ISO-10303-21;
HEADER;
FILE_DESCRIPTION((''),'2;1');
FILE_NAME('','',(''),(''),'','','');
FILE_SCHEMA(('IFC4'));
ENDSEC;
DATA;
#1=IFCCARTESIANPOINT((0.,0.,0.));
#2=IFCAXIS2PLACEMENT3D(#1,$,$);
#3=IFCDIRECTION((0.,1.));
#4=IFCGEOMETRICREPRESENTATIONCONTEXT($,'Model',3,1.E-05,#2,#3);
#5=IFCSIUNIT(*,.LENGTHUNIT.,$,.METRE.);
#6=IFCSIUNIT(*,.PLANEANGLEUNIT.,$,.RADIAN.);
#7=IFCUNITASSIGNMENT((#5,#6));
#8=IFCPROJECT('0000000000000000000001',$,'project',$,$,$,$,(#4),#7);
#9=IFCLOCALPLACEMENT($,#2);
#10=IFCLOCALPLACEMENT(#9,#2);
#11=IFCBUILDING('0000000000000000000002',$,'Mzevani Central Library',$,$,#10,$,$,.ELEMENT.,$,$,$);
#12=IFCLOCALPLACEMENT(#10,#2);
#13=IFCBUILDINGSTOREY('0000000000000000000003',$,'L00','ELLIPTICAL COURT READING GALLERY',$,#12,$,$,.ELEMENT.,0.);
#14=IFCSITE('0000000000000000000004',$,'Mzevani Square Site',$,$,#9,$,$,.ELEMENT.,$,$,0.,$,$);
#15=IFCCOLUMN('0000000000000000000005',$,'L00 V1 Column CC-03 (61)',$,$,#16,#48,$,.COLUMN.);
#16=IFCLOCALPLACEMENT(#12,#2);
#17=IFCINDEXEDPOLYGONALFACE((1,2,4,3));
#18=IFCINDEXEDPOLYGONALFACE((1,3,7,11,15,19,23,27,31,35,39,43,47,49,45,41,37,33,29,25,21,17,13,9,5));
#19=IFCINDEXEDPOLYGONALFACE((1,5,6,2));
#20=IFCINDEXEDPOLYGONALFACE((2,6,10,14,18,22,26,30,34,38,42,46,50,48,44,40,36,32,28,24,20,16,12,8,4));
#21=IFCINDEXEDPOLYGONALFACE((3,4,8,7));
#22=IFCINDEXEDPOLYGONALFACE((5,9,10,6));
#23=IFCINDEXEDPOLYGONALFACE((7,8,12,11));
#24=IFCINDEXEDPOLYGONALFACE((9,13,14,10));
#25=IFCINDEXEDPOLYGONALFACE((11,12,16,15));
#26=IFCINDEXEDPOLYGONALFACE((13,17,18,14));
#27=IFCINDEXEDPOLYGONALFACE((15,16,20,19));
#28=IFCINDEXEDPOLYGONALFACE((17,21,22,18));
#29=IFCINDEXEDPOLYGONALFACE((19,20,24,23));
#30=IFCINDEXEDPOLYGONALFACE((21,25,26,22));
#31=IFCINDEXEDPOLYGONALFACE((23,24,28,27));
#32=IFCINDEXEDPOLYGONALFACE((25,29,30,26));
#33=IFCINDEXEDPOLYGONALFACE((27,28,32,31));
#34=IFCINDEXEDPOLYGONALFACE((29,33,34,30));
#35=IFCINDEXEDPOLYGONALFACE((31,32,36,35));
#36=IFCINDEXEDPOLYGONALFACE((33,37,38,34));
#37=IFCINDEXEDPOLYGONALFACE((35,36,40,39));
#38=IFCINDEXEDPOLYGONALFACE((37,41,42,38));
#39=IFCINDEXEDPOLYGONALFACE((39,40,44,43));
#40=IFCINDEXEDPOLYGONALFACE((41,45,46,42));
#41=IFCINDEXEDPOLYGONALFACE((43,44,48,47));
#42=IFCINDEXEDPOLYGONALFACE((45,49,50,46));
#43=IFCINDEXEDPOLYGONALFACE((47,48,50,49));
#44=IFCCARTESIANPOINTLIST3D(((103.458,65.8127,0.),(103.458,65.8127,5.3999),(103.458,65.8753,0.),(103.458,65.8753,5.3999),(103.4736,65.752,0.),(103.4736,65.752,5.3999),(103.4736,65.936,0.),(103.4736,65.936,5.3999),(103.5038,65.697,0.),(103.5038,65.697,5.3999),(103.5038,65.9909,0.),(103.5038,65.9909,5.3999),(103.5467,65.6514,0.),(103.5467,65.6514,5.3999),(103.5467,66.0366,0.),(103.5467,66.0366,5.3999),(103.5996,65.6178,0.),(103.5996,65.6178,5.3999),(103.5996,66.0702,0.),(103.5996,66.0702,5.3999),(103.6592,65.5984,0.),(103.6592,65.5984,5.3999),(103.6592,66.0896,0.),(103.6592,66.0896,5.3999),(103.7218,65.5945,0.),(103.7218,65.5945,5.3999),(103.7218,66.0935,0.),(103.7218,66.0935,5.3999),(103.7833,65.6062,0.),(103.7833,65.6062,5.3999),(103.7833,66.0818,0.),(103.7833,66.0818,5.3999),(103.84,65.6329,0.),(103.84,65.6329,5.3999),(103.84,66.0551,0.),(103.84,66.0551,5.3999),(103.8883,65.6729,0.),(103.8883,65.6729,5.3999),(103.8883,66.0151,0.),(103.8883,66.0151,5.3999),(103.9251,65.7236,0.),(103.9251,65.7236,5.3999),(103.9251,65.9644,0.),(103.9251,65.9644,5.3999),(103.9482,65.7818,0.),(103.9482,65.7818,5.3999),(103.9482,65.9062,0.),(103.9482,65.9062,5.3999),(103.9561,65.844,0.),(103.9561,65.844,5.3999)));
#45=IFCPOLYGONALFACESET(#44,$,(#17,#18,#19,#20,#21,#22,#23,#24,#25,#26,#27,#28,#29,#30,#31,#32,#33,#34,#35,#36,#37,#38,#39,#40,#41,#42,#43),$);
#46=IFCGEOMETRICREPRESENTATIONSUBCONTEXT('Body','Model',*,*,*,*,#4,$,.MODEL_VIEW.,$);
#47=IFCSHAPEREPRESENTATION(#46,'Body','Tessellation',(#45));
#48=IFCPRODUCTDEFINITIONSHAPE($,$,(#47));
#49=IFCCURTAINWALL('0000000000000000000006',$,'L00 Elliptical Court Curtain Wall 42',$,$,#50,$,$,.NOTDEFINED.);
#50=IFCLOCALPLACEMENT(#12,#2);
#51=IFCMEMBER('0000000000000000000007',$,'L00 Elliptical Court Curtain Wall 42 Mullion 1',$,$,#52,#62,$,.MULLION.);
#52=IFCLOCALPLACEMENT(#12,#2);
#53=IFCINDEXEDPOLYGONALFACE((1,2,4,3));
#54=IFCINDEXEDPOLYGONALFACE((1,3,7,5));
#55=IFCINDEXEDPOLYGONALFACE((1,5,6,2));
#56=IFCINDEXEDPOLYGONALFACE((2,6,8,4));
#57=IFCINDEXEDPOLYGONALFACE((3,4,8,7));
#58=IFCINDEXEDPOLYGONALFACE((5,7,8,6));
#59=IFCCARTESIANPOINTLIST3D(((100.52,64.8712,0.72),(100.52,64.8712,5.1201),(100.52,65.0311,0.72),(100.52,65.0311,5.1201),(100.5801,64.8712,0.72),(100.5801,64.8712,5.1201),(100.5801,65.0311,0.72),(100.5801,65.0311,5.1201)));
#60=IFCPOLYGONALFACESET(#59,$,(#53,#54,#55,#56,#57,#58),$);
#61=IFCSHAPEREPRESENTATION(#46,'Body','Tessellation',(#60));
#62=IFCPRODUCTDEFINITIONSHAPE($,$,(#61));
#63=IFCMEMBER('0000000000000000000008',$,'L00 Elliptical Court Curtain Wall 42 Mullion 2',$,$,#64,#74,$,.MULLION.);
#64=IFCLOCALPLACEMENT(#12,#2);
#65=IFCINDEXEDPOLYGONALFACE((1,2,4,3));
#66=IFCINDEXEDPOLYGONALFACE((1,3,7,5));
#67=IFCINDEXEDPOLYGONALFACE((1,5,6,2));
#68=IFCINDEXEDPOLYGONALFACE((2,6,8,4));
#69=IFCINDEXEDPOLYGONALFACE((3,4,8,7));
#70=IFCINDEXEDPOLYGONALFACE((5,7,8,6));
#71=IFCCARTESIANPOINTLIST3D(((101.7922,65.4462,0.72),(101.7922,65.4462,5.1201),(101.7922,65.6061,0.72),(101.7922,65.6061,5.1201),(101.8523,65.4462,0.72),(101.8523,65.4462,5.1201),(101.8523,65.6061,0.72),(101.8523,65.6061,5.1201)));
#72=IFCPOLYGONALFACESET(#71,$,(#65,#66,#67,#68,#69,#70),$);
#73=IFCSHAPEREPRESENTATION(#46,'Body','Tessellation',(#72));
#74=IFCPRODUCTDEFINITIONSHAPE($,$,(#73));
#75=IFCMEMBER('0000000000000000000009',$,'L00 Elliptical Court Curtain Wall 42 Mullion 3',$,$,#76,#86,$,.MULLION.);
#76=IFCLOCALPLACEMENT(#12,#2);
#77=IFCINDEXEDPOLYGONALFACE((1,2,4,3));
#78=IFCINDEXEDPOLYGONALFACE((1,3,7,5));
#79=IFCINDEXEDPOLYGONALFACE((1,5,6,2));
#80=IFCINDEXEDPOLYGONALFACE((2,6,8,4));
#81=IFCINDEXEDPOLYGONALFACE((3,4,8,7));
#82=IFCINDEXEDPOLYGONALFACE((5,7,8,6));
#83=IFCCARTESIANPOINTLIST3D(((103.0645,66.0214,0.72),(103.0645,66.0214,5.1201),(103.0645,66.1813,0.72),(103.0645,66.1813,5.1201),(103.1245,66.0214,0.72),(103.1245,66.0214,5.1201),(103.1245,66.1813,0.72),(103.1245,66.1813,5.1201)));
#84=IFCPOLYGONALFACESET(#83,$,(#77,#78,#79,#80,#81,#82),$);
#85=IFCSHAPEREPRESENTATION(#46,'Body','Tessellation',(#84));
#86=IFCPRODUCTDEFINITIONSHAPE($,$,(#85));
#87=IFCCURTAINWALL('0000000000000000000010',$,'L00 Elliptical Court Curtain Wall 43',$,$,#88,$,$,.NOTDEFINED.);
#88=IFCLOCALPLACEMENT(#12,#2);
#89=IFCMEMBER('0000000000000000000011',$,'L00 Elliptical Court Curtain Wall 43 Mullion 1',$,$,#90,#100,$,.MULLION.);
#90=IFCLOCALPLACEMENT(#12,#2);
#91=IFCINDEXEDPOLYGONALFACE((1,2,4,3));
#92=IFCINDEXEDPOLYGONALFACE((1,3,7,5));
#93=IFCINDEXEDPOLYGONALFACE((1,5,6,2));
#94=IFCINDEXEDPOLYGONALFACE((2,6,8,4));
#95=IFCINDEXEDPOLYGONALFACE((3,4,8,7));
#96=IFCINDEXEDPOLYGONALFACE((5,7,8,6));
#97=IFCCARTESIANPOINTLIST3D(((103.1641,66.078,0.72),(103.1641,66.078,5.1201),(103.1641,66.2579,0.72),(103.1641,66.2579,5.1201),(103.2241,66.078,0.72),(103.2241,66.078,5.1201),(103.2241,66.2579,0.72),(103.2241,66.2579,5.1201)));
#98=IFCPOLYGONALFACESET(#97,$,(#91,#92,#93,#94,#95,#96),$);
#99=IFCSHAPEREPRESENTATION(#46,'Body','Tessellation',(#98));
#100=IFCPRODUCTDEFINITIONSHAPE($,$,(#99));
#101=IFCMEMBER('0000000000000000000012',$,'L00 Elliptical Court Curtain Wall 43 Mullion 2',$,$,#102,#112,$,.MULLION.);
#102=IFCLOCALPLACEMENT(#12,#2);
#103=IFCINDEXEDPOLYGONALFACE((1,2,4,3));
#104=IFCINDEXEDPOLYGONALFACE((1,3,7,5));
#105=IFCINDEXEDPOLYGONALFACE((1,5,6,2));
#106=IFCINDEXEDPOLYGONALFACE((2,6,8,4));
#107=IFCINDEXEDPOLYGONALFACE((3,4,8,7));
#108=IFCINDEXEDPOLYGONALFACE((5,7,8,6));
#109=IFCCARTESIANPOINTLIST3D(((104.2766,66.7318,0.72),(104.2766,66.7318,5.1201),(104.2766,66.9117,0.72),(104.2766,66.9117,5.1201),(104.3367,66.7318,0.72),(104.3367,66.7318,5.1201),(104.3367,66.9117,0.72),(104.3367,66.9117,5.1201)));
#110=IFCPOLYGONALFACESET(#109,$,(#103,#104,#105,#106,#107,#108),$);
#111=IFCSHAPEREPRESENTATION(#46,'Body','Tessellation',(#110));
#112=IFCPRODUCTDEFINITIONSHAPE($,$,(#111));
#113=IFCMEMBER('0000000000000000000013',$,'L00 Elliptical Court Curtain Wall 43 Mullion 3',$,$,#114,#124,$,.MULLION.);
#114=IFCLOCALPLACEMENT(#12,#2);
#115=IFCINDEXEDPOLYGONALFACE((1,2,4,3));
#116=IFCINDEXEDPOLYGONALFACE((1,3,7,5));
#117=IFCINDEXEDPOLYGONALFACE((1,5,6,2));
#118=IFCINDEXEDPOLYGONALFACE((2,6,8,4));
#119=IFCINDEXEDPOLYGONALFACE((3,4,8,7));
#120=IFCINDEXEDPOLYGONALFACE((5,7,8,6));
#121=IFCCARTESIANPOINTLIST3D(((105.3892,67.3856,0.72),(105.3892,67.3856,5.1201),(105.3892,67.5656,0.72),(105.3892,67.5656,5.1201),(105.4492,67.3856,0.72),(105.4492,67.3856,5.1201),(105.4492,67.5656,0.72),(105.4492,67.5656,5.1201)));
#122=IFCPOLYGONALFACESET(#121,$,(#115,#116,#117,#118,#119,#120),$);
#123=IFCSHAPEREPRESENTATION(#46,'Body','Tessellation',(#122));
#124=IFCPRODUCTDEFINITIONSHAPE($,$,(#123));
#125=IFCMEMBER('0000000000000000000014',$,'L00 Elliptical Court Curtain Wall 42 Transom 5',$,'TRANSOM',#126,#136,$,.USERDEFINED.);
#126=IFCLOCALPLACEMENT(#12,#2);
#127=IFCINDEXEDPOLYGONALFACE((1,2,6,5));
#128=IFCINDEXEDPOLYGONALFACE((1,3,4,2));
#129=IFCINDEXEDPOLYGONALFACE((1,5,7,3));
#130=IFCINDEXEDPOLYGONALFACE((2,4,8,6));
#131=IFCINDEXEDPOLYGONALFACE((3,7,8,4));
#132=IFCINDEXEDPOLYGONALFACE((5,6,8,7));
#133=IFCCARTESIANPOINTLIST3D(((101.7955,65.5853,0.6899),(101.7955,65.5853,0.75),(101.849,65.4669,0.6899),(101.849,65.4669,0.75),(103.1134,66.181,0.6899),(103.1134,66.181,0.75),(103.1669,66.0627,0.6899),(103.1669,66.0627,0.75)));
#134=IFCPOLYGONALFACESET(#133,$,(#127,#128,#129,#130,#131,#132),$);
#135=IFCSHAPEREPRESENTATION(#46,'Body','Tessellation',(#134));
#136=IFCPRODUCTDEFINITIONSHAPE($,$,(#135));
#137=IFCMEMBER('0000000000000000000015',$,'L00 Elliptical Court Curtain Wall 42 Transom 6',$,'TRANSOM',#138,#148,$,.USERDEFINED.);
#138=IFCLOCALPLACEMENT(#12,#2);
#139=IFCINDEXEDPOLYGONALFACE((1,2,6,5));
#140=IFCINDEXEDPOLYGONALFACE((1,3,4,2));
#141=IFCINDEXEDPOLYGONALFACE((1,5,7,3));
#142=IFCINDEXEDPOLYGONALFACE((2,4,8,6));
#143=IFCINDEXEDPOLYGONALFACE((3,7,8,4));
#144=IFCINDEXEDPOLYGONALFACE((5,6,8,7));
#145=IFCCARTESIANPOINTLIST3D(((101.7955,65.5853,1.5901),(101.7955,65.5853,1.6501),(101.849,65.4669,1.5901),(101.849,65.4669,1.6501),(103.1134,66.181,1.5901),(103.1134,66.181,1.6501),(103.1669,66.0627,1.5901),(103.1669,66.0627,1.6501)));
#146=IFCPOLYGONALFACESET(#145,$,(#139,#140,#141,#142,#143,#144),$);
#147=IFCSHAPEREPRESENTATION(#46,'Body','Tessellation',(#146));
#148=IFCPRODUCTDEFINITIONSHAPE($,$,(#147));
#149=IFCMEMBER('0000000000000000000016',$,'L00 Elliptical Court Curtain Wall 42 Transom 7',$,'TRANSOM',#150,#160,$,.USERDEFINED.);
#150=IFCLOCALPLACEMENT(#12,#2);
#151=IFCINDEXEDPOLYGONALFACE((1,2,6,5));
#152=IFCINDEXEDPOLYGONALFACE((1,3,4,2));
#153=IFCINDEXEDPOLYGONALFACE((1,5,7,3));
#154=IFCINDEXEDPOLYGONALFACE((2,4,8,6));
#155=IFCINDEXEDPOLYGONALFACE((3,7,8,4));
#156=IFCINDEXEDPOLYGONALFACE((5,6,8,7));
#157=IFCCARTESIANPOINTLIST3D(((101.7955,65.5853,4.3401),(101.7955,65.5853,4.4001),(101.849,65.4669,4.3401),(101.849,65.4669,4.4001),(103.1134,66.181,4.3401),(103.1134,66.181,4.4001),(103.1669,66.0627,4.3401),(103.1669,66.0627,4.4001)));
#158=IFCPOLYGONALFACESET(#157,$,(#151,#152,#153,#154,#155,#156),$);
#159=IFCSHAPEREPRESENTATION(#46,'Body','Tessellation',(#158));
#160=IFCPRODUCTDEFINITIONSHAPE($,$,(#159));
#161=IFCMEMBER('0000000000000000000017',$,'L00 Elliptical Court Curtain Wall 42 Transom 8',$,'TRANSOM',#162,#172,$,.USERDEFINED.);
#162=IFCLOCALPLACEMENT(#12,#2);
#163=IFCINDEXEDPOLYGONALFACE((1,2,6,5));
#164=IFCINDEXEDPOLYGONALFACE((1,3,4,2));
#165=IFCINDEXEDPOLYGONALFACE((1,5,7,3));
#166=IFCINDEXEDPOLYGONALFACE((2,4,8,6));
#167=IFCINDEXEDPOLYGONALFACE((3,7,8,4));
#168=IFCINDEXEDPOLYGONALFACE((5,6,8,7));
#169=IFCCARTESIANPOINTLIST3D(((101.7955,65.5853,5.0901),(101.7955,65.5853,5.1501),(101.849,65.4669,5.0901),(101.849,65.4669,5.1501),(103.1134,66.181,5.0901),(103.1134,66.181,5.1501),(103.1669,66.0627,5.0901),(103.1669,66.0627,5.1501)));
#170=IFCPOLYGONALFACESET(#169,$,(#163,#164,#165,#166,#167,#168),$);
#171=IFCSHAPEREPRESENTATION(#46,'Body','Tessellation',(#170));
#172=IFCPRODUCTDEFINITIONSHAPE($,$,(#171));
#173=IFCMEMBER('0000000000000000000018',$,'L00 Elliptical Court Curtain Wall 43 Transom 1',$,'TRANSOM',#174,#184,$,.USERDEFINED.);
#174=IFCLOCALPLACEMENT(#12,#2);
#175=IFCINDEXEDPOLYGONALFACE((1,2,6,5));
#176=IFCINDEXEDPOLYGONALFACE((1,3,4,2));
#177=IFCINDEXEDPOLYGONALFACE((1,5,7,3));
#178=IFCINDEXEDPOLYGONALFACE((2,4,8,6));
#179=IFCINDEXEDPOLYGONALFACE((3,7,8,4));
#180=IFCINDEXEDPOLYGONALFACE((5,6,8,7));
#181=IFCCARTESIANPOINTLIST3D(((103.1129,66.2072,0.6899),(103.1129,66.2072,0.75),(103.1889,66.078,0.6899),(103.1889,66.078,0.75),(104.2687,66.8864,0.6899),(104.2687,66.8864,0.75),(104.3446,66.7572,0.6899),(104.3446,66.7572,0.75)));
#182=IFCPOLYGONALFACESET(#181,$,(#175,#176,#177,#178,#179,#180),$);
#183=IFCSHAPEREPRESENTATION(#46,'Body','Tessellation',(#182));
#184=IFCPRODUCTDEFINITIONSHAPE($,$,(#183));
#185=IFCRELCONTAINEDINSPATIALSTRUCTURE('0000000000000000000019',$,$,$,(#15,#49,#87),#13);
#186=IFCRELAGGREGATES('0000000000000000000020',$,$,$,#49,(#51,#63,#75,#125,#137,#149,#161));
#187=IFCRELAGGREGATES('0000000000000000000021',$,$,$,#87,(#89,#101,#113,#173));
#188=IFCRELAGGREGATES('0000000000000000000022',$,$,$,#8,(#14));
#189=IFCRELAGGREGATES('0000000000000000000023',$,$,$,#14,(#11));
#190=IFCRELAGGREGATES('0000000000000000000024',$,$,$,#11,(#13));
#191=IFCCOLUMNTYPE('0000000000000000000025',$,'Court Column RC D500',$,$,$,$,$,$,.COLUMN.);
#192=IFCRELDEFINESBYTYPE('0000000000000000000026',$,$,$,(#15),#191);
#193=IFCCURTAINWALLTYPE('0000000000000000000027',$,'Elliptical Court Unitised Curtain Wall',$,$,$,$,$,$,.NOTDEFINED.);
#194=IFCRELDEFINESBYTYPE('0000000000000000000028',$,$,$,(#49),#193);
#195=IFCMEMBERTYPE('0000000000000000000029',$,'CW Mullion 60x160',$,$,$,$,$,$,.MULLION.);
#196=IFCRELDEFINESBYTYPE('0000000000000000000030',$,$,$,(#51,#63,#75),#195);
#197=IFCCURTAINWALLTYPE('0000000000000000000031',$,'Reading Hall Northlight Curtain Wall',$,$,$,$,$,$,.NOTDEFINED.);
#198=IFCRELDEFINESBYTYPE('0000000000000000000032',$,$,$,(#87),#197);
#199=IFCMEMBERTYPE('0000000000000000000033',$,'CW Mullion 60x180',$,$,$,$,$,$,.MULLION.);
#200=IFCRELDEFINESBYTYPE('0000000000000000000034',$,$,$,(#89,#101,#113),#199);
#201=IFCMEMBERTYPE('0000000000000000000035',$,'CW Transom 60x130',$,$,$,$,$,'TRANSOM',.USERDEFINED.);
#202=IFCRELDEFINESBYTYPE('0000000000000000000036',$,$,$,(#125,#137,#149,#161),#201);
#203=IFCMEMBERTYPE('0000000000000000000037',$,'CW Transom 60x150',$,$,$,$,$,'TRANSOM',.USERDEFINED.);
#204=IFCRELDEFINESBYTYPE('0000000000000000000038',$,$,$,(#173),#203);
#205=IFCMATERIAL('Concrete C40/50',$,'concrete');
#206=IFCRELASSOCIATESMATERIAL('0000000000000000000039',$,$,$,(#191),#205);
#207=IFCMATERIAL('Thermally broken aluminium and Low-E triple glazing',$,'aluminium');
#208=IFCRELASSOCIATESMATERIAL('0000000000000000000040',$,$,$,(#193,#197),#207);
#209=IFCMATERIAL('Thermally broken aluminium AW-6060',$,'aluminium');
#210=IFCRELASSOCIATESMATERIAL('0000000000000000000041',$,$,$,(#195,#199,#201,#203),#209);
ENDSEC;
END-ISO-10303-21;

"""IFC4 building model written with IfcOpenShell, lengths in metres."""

from ifc_helpers import new_model, si_unit, direction, frame, origin, origin_2d, place, context, subcontext, project, spatial, rectangle, circle, extrude, material, material_profile, profile_set, type_object, element, aggregate, save


model = new_model("IFC4")

# Units and contexts
model_context = context("Model", 3, precision=1e-05, world=origin(), true_north=direction((0.0, 1.0)))
body_context = subcontext(model_context, "Body", "Model", "MODEL_VIEW")
ifc_project = project(units=[si_unit("LENGTHUNIT", "METRE"), si_unit("PLANEANGLEUNIT", "RADIAN")], contexts=[model_context])

# Site, building, storey
site_placement = place(None, origin())
site = spatial("IfcSite", under=ifc_project, at=site_placement, Name="Mzevani Square Site", CompositionType="ELEMENT", RefElevation=0.0)
building_placement = place(site_placement, origin())
building = spatial("IfcBuilding", under=site, at=building_placement, Name="Mzevani Central Library", CompositionType="ELEMENT")
storey_placement = place(building_placement, origin())
storey = spatial("IfcBuildingStorey", under=building, at=storey_placement, Name="L00", Description="ELLIPTICAL COURT READING GALLERY", CompositionType="ELEMENT", Elevation=0.0)

# Column
ifc_material_1 = material(Name="Concrete C40/50", Category="concrete")
ifc_material_profile_1 = material_profile(ifc_material_1, circle(Radius=0.25, at=origin_2d()), Name="RC D500")
ifc_profile_set_1 = profile_set([ifc_material_profile_1], Name="Concrete C40/50")
column_type = type_object("IfcColumnType", Name="Court Column RC D500", PredefinedType="COLUMN", material=ifc_profile_set_1)
column_placement = place(storey_placement, frame((103.7061, 65.844, 0.0), z_axis=(0.0, 0.0, 1.0), x_axis=(1.0, 0.0, 0.0)))
element("IfcColumn", 1, at=column_placement, inside=storey, type_object=column_type, Name="L00 V1 Column CC-03 (61)", PredefinedType="COLUMN", context=body_context, shape_type="SweptSolid", body=[
    extrude(circle(Radius=0.25, at=origin_2d()), origin(), (0.0, 0.0, 1.0), 5.3999),
])

# Curtain walls, members
ifc_material_2 = material(Name="Thermally broken aluminium and Low-E triple glazing", Category="aluminium")
curtain_wall_type_1 = type_object("IfcCurtainWallType", Name="Elliptical Court Unitised Curtain Wall", PredefinedType="NOTDEFINED", material=ifc_material_2)
curtain_wall_1_placement = place(storey_placement, origin())
curtain_wall_1 = element("IfcCurtainWall", 2, at=curtain_wall_1_placement, inside=storey, type_object=curtain_wall_type_1, Name="L00 Elliptical Court Curtain Wall 42", PredefinedType="NOTDEFINED")
ifc_material_3 = material(Name="Thermally broken aluminium AW-6060", Category="aluminium")
ifc_material_profile_2 = material_profile(ifc_material_3, rectangle(XDim=0.0601, YDim=0.1599, at=origin_2d()), Name="ALU M60x160")
ifc_profile_set_2 = profile_set([ifc_material_profile_2], Name="Thermally broken aluminium AW-6060")
member_type_1 = type_object("IfcMemberType", Name="CW Mullion 60x160", PredefinedType="MULLION", material=ifc_profile_set_2)
member_1_placement = place(storey_placement, frame((100.55, 64.9512, 0.72), z_axis=(0.0, 0.0, 1.0), x_axis=(1.0, 0.0, 0.0)))
member_1 = element("IfcMember", 3, at=member_1_placement, type_object=member_type_1, Name="L00 Elliptical Court Curtain Wall 42 Mullion 1", PredefinedType="MULLION", context=body_context, shape_type="SweptSolid", body=[
    extrude(rectangle(XDim=0.0601, YDim=0.1599, at=origin_2d()), origin(), (0.0, 0.0, 1.0), 4.4001),
])
member_2_placement = place(storey_placement, frame((101.8223, 65.5261, 0.72), z_axis=(0.0, 0.0, 1.0), x_axis=(1.0, 0.0, 0.0)))
member_2 = element("IfcMember", 4, at=member_2_placement, type_object=member_type_1, Name="L00 Elliptical Court Curtain Wall 42 Mullion 2", PredefinedType="MULLION", context=body_context, shape_type="SweptSolid", body=[
    extrude(rectangle(XDim=0.0601, YDim=0.1599, at=origin_2d()), origin(), (0.0, 0.0, 1.0), 4.4001),
])
member_3_placement = place(storey_placement, frame((103.0945, 66.1013, 0.72), z_axis=(0.0, 0.0, 1.0), x_axis=(1.0, 0.0, 0.0)))
member_3 = element("IfcMember", 5, at=member_3_placement, type_object=member_type_1, Name="L00 Elliptical Court Curtain Wall 42 Mullion 3", PredefinedType="MULLION", context=body_context, shape_type="SweptSolid", body=[
    extrude(rectangle(XDim=0.0601, YDim=0.1599, at=origin_2d()), origin(), (0.0, 0.0, 1.0), 4.4001),
])
curtain_wall_type_2 = type_object("IfcCurtainWallType", Name="Reading Hall Northlight Curtain Wall", PredefinedType="NOTDEFINED", material=ifc_material_2)
curtain_wall_2_placement = place(storey_placement, origin())
curtain_wall_2 = element("IfcCurtainWall", 6, at=curtain_wall_2_placement, inside=storey, type_object=curtain_wall_type_2, Name="L00 Elliptical Court Curtain Wall 43", PredefinedType="NOTDEFINED")
ifc_material_profile_3 = material_profile(ifc_material_3, rectangle(XDim=0.0601, YDim=0.1799, at=origin_2d()), Name="ALU M60x180")
ifc_profile_set_3 = profile_set([ifc_material_profile_3], Name="Thermally broken aluminium AW-6060")
member_type_2 = type_object("IfcMemberType", Name="CW Mullion 60x180", PredefinedType="MULLION", material=ifc_profile_set_3)
member_4_placement = place(storey_placement, frame((103.1941, 66.168, 0.72), z_axis=(0.0, 0.0, 1.0), x_axis=(1.0, 0.0, 0.0)))
member_4 = element("IfcMember", 7, at=member_4_placement, type_object=member_type_2, Name="L00 Elliptical Court Curtain Wall 43 Mullion 1", PredefinedType="MULLION", context=body_context, shape_type="SweptSolid", body=[
    extrude(rectangle(XDim=0.0601, YDim=0.1799, at=origin_2d()), origin(), (0.0, 0.0, 1.0), 4.4001),
])
member_5_placement = place(storey_placement, frame((104.3066, 66.8218, 0.72), z_axis=(0.0, 0.0, 1.0), x_axis=(1.0, 0.0, 0.0)))
member_5 = element("IfcMember", 8, at=member_5_placement, type_object=member_type_2, Name="L00 Elliptical Court Curtain Wall 43 Mullion 2", PredefinedType="MULLION", context=body_context, shape_type="SweptSolid", body=[
    extrude(rectangle(XDim=0.0601, YDim=0.1799, at=origin_2d()), origin(), (0.0, 0.0, 1.0), 4.4001),
])
member_6_placement = place(storey_placement, frame((105.4192, 67.4756, 0.72), z_axis=(0.0, 0.0, 1.0), x_axis=(1.0, 0.0, 0.0)))
member_6 = element("IfcMember", 9, at=member_6_placement, type_object=member_type_2, Name="L00 Elliptical Court Curtain Wall 43 Mullion 3", PredefinedType="MULLION", context=body_context, shape_type="SweptSolid", body=[
    extrude(rectangle(XDim=0.0601, YDim=0.1799, at=origin_2d()), origin(), (0.0, 0.0, 1.0), 4.4001),
])

# Members
ifc_material_profile_4 = material_profile(ifc_material_3, rectangle(XDim=0.1299, YDim=0.0601, at=origin_2d()), Name="ALU T60x130")
ifc_profile_set_4 = profile_set([ifc_material_profile_4], Name="Thermally broken aluminium AW-6060")
member_type_3 = type_object("IfcMemberType", Name="CW Transom 60x130", ElementType="TRANSOM", PredefinedType="USERDEFINED", material=ifc_profile_set_4)
member_7_placement = place(storey_placement, frame((101.8223, 65.5261, 0.72), z_axis=(0.911232, 0.411894, 0.0), x_axis=(-0.411894, 0.911232, 0.0)))
member_7 = element("IfcMember", 10, at=member_7_placement, type_object=member_type_3, Name="L00 Elliptical Court Curtain Wall 42 Transom 5", ObjectType="TRANSOM", PredefinedType="USERDEFINED", context=body_context, shape_type="SweptSolid", body=[
    extrude(rectangle(XDim=0.1299, YDim=0.0601, at=origin_2d()), origin(), (0.0, 0.0, 1.0), 1.4463),
])
member_8_placement = place(storey_placement, frame((101.8223, 65.5261, 1.6201), z_axis=(0.911232, 0.411894, 0.0), x_axis=(-0.411894, 0.911232, 0.0)))
member_8 = element("IfcMember", 11, at=member_8_placement, type_object=member_type_3, Name="L00 Elliptical Court Curtain Wall 42 Transom 6", ObjectType="TRANSOM", PredefinedType="USERDEFINED", context=body_context, shape_type="SweptSolid", body=[
    extrude(rectangle(XDim=0.1299, YDim=0.0601, at=origin_2d()), origin(), (0.0, 0.0, 1.0), 1.4463),
])
member_9_placement = place(storey_placement, frame((101.8223, 65.5261, 4.3701), z_axis=(0.911232, 0.411894, 0.0), x_axis=(-0.411894, 0.911232, 0.0)))
member_9 = element("IfcMember", 12, at=member_9_placement, type_object=member_type_3, Name="L00 Elliptical Court Curtain Wall 42 Transom 7", ObjectType="TRANSOM", PredefinedType="USERDEFINED", context=body_context, shape_type="SweptSolid", body=[
    extrude(rectangle(XDim=0.1299, YDim=0.0601, at=origin_2d()), origin(), (0.0, 0.0, 1.0), 1.4463),
])
member_10_placement = place(storey_placement, frame((101.8223, 65.5261, 5.1201), z_axis=(0.911232, 0.411894, 0.0), x_axis=(-0.411894, 0.911232, 0.0)))
member_10 = element("IfcMember", 13, at=member_10_placement, type_object=member_type_3, Name="L00 Elliptical Court Curtain Wall 42 Transom 8", ObjectType="TRANSOM", PredefinedType="USERDEFINED", context=body_context, shape_type="SweptSolid", body=[
    extrude(rectangle(XDim=0.1299, YDim=0.0601, at=origin_2d()), origin(), (0.0, 0.0, 1.0), 1.4463),
])
ifc_material_profile_5 = material_profile(ifc_material_3, rectangle(XDim=0.1499, YDim=0.0601, at=origin_2d()), Name="ALU T60x150")
ifc_profile_set_5 = profile_set([ifc_material_profile_5], Name="Thermally broken aluminium AW-6060")
member_type_4 = type_object("IfcMemberType", Name="CW Transom 60x150", ElementType="TRANSOM", PredefinedType="USERDEFINED", material=ifc_profile_set_5)
member_11_placement = place(storey_placement, frame((103.1509, 66.1426, 0.72), z_axis=(0.862149, 0.506654, 0.0), x_axis=(-0.506654, 0.862149, 0.0)))
member_11 = element("IfcMember", 14, at=member_11_placement, type_object=member_type_4, Name="L00 Elliptical Court Curtain Wall 43 Transom 1", ObjectType="TRANSOM", PredefinedType="USERDEFINED", context=body_context, shape_type="SweptSolid", body=[
    extrude(rectangle(XDim=0.1499, YDim=0.0601, at=origin_2d()), origin(), (0.0, 0.0, 1.0), 1.3406),
])

aggregate(curtain_wall_1, [member_1, member_2, member_3, member_7, member_8, member_9, member_10])
aggregate(curtain_wall_2, [member_4, member_5, member_6, member_11])

save(model, "model.ifc")
